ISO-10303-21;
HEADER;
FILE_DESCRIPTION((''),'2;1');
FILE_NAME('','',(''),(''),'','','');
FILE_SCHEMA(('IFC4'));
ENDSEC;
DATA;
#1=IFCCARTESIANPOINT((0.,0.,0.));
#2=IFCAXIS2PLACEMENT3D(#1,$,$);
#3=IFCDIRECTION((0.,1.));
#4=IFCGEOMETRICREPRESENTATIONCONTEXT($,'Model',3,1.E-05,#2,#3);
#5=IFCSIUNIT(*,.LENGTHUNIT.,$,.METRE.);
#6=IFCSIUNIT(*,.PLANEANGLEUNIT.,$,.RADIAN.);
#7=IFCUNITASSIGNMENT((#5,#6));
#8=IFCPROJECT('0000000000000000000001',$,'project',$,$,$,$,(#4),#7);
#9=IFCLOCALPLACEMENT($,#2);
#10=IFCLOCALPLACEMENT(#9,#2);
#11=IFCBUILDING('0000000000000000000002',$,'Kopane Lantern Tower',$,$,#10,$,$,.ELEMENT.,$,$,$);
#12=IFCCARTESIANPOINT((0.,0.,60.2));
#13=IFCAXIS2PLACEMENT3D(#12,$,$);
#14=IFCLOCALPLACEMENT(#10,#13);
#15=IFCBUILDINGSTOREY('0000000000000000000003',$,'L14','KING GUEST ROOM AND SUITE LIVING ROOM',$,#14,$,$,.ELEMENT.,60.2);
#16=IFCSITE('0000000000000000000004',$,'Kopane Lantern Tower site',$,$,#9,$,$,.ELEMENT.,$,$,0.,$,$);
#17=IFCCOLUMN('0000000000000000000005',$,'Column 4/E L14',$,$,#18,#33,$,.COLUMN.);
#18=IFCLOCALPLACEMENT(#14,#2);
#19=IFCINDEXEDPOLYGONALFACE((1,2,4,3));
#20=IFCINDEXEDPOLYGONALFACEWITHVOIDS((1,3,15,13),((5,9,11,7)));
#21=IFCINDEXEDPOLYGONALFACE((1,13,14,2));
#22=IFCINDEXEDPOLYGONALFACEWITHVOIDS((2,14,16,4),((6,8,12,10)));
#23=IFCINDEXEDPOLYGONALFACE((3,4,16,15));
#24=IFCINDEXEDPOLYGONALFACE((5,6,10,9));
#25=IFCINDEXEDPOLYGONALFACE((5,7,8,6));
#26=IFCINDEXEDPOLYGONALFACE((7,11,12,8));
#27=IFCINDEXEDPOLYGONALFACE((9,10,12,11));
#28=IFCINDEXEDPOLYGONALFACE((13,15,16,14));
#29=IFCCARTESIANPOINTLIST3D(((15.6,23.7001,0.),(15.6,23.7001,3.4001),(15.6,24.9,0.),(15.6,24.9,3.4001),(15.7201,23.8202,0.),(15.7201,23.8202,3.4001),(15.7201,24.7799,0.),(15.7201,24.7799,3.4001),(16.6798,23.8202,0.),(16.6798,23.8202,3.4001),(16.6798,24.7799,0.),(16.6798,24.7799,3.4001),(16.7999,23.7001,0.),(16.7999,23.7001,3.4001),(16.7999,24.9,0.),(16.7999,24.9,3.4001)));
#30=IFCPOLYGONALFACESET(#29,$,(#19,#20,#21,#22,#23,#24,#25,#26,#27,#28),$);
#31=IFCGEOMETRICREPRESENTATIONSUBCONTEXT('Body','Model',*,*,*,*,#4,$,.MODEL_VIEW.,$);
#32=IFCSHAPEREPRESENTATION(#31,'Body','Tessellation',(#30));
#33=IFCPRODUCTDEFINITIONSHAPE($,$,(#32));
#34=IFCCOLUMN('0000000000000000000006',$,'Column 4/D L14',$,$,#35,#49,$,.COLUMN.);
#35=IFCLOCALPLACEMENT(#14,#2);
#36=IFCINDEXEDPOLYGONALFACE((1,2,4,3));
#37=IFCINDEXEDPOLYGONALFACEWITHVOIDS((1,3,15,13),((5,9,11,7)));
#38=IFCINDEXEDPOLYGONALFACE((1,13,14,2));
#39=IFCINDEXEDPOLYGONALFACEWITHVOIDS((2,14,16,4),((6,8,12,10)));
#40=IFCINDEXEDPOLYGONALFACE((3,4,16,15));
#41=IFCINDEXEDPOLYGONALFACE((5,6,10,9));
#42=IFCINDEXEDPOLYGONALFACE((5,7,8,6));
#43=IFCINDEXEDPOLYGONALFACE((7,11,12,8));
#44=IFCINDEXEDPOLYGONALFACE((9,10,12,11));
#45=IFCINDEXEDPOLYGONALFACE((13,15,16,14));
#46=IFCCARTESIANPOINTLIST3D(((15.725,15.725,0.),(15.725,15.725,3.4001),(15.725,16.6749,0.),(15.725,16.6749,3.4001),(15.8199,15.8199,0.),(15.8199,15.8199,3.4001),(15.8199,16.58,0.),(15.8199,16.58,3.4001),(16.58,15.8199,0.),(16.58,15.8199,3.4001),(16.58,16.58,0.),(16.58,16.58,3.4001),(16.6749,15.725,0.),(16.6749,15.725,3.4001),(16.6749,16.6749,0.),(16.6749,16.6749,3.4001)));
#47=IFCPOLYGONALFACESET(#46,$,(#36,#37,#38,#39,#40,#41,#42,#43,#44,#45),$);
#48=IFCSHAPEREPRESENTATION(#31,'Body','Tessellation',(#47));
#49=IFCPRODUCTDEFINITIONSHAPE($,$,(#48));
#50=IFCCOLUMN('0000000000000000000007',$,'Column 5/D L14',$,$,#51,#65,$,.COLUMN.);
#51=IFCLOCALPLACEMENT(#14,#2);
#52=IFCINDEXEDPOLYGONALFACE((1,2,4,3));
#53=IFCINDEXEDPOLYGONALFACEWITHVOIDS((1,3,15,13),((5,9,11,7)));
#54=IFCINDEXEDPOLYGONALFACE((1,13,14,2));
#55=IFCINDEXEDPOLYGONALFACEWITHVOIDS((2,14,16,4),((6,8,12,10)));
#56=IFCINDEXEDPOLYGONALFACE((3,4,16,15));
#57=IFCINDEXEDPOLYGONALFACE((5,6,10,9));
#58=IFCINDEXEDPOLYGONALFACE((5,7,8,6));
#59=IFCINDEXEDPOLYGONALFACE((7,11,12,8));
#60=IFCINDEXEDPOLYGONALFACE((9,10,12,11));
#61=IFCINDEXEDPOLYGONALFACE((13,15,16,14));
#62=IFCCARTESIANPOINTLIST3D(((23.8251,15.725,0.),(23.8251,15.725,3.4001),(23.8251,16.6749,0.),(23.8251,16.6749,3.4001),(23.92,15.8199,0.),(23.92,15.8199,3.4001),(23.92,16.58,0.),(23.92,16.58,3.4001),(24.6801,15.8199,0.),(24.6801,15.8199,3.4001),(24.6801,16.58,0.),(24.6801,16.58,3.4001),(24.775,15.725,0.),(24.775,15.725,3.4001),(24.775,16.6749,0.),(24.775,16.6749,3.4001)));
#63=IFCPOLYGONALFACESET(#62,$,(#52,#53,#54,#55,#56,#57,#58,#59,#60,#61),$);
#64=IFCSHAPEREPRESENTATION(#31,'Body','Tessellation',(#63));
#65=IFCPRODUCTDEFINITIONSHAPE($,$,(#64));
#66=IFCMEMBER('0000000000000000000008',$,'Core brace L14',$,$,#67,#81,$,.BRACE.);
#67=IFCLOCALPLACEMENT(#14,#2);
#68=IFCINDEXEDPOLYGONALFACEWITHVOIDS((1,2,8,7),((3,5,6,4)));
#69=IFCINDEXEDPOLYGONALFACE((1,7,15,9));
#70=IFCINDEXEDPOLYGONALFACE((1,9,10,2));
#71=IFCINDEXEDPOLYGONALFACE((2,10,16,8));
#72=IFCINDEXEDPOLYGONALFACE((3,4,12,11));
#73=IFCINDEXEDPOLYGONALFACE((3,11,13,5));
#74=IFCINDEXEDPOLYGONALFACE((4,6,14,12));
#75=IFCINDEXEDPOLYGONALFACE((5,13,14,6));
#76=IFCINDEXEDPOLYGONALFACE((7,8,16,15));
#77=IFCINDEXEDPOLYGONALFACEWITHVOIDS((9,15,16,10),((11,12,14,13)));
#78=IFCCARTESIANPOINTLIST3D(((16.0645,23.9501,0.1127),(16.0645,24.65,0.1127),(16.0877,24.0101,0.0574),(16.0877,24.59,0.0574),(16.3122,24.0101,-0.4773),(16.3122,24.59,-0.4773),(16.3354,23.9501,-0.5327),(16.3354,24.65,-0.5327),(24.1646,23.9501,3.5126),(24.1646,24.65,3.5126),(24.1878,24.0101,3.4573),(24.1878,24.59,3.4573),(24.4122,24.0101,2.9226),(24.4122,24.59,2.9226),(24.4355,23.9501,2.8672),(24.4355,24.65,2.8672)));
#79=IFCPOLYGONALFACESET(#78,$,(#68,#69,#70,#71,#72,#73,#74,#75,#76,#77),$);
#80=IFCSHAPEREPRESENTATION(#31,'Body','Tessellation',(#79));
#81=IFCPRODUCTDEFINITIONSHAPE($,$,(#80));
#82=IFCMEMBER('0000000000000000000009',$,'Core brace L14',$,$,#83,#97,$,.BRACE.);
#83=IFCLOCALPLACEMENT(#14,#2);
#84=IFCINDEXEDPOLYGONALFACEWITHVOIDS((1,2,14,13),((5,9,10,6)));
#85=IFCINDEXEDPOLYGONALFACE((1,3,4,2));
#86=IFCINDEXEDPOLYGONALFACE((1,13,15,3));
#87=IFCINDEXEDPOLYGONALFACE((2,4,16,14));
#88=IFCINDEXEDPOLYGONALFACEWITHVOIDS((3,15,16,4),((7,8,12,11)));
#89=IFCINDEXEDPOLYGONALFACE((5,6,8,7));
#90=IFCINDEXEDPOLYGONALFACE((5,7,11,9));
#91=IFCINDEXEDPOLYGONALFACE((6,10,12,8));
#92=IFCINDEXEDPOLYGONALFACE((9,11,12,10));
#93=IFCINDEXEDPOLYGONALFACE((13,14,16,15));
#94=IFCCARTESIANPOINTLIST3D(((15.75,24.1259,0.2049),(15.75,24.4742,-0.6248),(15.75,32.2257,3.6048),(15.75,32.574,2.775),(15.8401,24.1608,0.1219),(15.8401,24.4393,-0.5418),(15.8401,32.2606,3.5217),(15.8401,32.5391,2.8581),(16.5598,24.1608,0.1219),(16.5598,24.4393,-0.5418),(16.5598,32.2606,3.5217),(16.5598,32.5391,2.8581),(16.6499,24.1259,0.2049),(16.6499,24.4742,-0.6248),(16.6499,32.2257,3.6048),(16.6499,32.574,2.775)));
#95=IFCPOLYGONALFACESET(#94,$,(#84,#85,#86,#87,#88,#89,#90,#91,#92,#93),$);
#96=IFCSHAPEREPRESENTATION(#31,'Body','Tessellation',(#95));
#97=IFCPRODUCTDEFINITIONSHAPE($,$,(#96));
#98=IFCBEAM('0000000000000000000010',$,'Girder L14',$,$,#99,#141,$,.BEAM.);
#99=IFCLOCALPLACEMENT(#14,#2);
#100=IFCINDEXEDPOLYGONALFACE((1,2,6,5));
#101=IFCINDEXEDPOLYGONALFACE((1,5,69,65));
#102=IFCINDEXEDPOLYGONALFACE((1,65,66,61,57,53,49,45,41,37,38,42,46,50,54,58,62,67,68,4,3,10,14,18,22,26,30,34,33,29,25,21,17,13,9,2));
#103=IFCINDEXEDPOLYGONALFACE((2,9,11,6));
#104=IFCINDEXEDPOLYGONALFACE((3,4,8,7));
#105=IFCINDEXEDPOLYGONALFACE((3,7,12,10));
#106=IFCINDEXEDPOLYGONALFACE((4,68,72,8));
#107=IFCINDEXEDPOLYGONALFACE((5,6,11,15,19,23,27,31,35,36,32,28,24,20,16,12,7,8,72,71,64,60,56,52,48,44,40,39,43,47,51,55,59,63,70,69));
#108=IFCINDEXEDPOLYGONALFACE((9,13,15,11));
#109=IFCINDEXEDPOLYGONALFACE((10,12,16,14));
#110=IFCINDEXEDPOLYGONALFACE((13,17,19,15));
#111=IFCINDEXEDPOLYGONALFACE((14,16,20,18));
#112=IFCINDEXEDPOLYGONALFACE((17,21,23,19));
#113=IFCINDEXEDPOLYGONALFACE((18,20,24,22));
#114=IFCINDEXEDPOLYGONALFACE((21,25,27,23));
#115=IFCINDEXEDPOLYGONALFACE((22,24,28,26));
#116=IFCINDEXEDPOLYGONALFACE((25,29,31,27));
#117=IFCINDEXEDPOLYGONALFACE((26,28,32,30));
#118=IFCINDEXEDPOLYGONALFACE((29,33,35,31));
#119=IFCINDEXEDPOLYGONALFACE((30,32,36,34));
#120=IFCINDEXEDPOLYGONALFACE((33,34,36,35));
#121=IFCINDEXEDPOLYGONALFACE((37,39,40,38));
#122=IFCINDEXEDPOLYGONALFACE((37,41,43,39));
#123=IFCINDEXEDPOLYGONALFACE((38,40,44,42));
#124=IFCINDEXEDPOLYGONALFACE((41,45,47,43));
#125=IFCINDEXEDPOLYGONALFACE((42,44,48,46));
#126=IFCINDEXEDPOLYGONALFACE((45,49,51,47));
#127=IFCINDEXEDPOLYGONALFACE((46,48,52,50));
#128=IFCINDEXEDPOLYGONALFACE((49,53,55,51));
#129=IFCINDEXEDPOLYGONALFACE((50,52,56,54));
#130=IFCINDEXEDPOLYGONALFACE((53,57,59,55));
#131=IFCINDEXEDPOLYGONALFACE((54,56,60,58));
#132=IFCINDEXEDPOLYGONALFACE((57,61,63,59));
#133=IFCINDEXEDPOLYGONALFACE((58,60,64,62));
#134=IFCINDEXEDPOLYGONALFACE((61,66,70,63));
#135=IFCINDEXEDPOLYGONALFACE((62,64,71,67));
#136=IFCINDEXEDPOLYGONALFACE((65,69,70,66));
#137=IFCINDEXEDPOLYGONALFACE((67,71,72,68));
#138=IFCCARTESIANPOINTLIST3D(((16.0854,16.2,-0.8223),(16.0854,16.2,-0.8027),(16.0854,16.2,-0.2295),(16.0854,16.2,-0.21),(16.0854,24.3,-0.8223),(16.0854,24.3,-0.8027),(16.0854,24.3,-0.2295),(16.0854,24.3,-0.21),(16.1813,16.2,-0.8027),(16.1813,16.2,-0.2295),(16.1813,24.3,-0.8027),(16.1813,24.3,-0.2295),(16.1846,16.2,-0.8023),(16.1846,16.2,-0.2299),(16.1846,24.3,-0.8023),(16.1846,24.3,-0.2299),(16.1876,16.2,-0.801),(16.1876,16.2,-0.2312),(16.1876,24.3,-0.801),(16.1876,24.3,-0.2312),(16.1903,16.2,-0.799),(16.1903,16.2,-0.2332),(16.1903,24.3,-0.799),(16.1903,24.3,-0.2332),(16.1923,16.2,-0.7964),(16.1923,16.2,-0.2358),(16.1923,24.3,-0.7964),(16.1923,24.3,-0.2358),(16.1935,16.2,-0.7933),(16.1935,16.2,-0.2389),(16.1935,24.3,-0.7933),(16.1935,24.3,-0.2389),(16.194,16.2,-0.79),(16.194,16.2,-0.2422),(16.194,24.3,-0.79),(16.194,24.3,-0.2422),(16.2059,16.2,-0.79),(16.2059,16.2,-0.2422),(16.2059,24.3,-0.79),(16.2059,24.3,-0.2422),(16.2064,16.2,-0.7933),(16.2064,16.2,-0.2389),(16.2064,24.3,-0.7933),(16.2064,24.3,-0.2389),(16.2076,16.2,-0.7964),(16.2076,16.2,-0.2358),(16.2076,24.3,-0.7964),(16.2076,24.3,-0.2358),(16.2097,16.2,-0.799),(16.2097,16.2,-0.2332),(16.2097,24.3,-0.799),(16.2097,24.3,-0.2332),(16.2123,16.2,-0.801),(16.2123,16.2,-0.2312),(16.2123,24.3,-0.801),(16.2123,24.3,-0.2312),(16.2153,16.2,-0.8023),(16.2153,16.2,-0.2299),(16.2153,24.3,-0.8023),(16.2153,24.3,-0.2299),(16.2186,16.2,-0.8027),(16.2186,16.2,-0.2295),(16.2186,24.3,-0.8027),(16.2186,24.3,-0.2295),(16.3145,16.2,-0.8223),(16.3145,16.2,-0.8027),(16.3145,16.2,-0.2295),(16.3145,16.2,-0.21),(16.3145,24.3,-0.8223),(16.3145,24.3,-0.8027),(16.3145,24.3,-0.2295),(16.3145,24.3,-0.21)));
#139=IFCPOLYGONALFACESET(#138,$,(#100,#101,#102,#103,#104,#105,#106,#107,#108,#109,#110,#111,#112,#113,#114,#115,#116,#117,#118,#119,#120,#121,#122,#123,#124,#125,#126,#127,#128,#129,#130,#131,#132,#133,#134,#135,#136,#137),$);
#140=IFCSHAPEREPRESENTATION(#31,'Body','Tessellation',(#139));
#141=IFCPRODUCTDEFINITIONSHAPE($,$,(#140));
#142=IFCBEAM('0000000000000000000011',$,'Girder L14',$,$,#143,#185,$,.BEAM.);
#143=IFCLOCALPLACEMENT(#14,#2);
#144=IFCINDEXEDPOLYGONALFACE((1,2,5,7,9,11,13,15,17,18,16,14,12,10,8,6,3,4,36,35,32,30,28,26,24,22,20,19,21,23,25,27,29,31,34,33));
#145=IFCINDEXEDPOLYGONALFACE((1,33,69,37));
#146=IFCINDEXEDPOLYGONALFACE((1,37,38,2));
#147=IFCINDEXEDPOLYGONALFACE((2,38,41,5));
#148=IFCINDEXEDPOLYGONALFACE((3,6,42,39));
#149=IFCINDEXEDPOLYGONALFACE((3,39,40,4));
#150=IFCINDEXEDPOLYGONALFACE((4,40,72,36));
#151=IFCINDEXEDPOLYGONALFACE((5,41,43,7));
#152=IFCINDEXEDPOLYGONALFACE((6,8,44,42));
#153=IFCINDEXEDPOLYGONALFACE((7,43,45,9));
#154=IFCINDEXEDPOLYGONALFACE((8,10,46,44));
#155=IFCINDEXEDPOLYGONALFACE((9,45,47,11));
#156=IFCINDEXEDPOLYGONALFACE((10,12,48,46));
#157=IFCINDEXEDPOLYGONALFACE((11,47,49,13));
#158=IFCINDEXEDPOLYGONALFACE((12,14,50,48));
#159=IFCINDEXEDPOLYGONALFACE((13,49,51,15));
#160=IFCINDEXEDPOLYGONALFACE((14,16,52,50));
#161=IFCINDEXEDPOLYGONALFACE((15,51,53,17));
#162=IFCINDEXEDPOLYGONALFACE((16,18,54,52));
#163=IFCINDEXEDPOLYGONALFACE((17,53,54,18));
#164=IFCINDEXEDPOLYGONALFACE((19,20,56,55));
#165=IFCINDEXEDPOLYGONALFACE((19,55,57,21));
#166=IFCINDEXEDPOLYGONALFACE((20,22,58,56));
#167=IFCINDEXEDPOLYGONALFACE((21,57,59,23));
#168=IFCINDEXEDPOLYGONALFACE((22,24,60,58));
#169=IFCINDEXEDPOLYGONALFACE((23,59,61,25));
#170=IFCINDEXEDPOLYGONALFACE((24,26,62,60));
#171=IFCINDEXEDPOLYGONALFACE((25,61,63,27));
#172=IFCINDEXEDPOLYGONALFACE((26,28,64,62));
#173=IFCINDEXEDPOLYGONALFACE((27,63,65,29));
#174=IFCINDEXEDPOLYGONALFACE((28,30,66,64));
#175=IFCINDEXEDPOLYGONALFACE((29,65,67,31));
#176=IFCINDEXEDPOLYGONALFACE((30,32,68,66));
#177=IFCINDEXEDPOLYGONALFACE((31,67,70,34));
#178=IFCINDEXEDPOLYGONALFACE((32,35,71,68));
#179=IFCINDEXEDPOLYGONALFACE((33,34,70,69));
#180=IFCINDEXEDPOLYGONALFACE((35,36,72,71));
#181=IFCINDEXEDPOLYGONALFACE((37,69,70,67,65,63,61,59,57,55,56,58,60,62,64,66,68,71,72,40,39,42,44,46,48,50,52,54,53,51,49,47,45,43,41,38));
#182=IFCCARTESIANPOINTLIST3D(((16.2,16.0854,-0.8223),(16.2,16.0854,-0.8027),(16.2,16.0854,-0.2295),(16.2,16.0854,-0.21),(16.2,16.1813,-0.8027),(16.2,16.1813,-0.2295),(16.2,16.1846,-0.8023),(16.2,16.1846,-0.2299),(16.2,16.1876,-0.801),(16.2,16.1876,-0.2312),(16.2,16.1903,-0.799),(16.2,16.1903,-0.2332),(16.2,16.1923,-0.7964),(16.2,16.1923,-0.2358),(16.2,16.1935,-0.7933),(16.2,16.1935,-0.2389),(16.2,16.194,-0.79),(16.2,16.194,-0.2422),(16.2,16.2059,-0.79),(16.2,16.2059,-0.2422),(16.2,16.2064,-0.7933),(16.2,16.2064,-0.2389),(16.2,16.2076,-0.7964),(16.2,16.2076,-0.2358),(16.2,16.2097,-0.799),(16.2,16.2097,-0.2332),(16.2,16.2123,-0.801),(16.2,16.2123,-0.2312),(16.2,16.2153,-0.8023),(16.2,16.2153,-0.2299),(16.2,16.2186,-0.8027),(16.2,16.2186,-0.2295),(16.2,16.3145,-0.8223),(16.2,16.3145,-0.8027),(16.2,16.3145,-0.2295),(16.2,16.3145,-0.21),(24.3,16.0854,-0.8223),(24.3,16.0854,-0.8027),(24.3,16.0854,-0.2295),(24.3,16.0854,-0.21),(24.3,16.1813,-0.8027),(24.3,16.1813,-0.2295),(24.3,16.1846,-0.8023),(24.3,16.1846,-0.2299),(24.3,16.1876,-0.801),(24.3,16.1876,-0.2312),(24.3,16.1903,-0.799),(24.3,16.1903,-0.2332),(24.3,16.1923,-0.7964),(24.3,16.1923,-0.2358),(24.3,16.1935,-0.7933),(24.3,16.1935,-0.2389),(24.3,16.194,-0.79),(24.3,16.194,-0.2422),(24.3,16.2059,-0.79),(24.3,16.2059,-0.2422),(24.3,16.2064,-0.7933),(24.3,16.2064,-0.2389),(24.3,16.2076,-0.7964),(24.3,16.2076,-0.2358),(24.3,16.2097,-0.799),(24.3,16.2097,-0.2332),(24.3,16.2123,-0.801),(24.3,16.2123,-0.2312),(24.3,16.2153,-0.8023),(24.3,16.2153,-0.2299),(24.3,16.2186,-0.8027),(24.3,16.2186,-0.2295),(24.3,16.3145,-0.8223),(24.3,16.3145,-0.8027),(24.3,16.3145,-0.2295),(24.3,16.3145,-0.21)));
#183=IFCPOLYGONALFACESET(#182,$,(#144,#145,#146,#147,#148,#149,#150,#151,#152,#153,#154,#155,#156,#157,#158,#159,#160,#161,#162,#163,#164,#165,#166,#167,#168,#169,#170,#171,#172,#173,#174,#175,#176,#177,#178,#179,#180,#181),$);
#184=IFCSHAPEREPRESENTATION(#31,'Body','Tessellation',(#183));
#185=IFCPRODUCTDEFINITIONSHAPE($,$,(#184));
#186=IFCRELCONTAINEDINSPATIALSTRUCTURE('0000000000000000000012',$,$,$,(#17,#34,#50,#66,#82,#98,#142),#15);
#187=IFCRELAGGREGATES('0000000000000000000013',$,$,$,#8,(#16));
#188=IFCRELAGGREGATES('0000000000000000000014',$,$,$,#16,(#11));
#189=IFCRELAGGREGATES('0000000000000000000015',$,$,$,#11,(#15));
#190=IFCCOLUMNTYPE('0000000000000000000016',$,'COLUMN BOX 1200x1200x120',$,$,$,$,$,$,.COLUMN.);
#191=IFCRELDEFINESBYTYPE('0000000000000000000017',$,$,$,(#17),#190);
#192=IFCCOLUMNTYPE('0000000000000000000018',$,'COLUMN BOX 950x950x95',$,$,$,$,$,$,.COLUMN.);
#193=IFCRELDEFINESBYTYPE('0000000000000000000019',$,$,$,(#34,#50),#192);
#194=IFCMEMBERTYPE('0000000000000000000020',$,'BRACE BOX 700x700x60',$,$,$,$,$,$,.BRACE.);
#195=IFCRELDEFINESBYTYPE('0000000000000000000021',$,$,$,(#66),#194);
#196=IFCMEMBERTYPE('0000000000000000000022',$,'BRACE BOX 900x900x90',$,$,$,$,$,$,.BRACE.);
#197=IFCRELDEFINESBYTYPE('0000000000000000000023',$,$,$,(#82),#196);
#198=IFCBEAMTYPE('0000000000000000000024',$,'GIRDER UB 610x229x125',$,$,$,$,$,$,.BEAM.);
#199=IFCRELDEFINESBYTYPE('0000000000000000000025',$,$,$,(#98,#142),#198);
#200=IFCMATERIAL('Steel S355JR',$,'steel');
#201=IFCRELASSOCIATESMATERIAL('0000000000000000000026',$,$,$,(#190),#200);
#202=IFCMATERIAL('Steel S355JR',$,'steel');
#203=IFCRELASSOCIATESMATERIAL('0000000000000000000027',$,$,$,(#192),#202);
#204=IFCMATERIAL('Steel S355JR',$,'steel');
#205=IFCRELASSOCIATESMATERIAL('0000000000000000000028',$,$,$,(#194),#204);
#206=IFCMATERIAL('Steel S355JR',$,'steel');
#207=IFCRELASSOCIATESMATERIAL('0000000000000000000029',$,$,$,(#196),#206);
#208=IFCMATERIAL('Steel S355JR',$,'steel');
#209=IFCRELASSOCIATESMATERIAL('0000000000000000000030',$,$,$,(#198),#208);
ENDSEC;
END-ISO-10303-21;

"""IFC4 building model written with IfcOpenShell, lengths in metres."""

from ifc_helpers import new_model, si_unit, direction, frame, origin, origin_2d, place, context, subcontext, project, spatial, hollow_rectangle, i_section, extrude, material, material_profile, profile_set, type_object, element, save


model = new_model("IFC4")

# Units and contexts
model_context = context("Model", 3, precision=1e-05, world=origin(), true_north=direction((0.0, 1.0)))
body_context = subcontext(model_context, "Body", "Model", "MODEL_VIEW")
ifc_project = project(units=[si_unit("LENGTHUNIT", "METRE"), si_unit("PLANEANGLEUNIT", "RADIAN")], contexts=[model_context])

# Site, building, storey
site_placement = place(None, origin())
site = spatial("IfcSite", under=ifc_project, at=site_placement, Name="Kopane Lantern Tower site", CompositionType="ELEMENT", RefElevation=0.0)
building_placement = place(site_placement, origin())
building = spatial("IfcBuilding", under=site, at=building_placement, Name="Kopane Lantern Tower", CompositionType="ELEMENT")
storey_placement = place(building_placement, frame((0.0, 0.0, 60.2)))
storey = spatial("IfcBuildingStorey", under=building, at=storey_placement, Name="L14", Description="KING GUEST ROOM AND SUITE LIVING ROOM", CompositionType="ELEMENT", Elevation=60.2)

# Columns
ifc_material_1 = material(Name="Steel S355JR", Category="steel")
ifc_material_profile_1 = material_profile(ifc_material_1, hollow_rectangle(XDim=1.2, YDim=1.2, WallThickness=0.1201, at=origin_2d()), Name="BOX 1200x1200x120")
ifc_profile_set_1 = profile_set([ifc_material_profile_1], Name="Steel S355JR")
column_type_1 = type_object("IfcColumnType", Name="COLUMN BOX 1200x1200x120", PredefinedType="COLUMN", material=ifc_profile_set_1)
column_placement = place(storey_placement, frame((16.2, 24.3, 0.0), z_axis=(0.0, 0.0, 1.0), x_axis=(1.0, 0.0, 0.0)))
element("IfcColumn", 1, at=column_placement, inside=storey, type_object=column_type_1, Name="Column 4/E L14", PredefinedType="COLUMN", context=body_context, shape_type="SweptSolid", body=[
    extrude(hollow_rectangle(XDim=1.2, YDim=1.2, WallThickness=0.1201, at=origin_2d()), origin(), (0.0, 0.0, 1.0), 3.4001),
])
ifc_material_2 = material(Name="Steel S355JR", Category="steel")
ifc_material_profile_2 = material_profile(ifc_material_2, hollow_rectangle(XDim=0.95, YDim=0.95, WallThickness=0.095, at=origin_2d()), Name="BOX 950x950x95")
ifc_profile_set_2 = profile_set([ifc_material_profile_2], Name="Steel S355JR")
column_type_2 = type_object("IfcColumnType", Name="COLUMN BOX 950x950x95", PredefinedType="COLUMN", material=ifc_profile_set_2)
for number, where, z_axis, x_axis, name in (
    (2, (16.2, 16.2, 0.0), (0.0, 0.0, 1.0), (1.0, 0.0, 0.0), "Column 4/D L14"),
    (3, (24.3, 16.2, 0.0), (0.0, 0.0, 1.0), (1.0, 0.0, 0.0), "Column 5/D L14"),
):
    element("IfcColumn", number, at=place(storey_placement, frame(where, z_axis=z_axis, x_axis=x_axis)), inside=storey, type_object=column_type_2, Name=name, PredefinedType="COLUMN", context=body_context, shape_type="SweptSolid", body=[
        extrude(hollow_rectangle(XDim=0.95, YDim=0.95, WallThickness=0.095, at=origin_2d()), origin(), (0.0, 0.0, 1.0), 3.4001),
    ])

# Members
ifc_material_3 = material(Name="Steel S355JR", Category="steel")
ifc_material_profile_3 = material_profile(ifc_material_3, hollow_rectangle(XDim=0.7, YDim=0.7, WallThickness=0.0601, at=origin_2d()), Name="BOX 700x700x60")
ifc_profile_set_3 = profile_set([ifc_material_profile_3], Name="Steel S355JR")
member_type_1 = type_object("IfcMemberType", Name="BRACE BOX 700x700x60", PredefinedType="BRACE", material=ifc_profile_set_3)
member_1_placement = place(storey_placement, frame((16.2, 24.3, -0.21), z_axis=(0.922069, 0.0, 0.387026), x_axis=(0.0, 1.0, 0.0)))
element("IfcMember", 4, at=member_1_placement, inside=storey, type_object=member_type_1, Name="Core brace L14", PredefinedType="BRACE", context=body_context, shape_type="SweptSolid", body=[
    extrude(hollow_rectangle(XDim=0.7, YDim=0.7, WallThickness=0.0601, at=origin_2d()), origin(), (0.0, 0.0, 1.0), 8.7847),
])
ifc_material_4 = material(Name="Steel S355JR", Category="steel")
ifc_material_profile_4 = material_profile(ifc_material_4, hollow_rectangle(XDim=0.8999, YDim=0.8999, WallThickness=0.0901, at=origin_2d()), Name="BOX 900x900x90")
ifc_profile_set_4 = profile_set([ifc_material_profile_4], Name="Steel S355JR")
member_type_2 = type_object("IfcMemberType", Name="BRACE BOX 900x900x90", PredefinedType="BRACE", material=ifc_profile_set_4)
member_2_placement = place(storey_placement, frame((16.2, 24.3, -0.21), z_axis=(0.0, 0.922065, 0.387035), x_axis=(-1.0, 0.0, 0.0)))
element("IfcMember", 5, at=member_2_placement, inside=storey, type_object=member_type_2, Name="Core brace L14", PredefinedType="BRACE", context=body_context, shape_type="SweptSolid", body=[
    extrude(hollow_rectangle(XDim=0.8999, YDim=0.8999, WallThickness=0.0901, at=origin_2d()), origin(), (0.0, 0.0, 1.0), 8.7844),
])

# Beams
ifc_material_5 = material(Name="Steel S355JR", Category="steel")
ifc_material_profile_5 = material_profile(ifc_material_5, i_section(OverallWidth=0.229, OverallDepth=0.6123, WebThickness=0.012, FlangeThickness=0.0195, FilletRadius=0.0127, at=origin_2d()), Name="UB 610x229x125")
ifc_profile_set_5 = profile_set([ifc_material_profile_5], Name="Steel S355JR")
beam_type = type_object("IfcBeamType", Name="GIRDER UB 610x229x125", PredefinedType="BEAM", material=ifc_profile_set_5)
for number, where, z_axis, x_axis, name in (
    (6, (16.2, 16.2, -0.5161), (0.0, 1.0, 0.0), (-1.0, 0.0, 0.0), "Girder L14"),
    (7, (16.2, 16.2, -0.5161), (1.0, 0.0, 0.0), (0.0, 1.0, 0.0), "Girder L14"),
):
    element("IfcBeam", number, at=place(storey_placement, frame(where, z_axis=z_axis, x_axis=x_axis)), inside=storey, type_object=beam_type, Name=name, PredefinedType="BEAM", context=body_context, shape_type="SweptSolid", body=[
        extrude(i_section(OverallWidth=0.229, OverallDepth=0.6123, WebThickness=0.012, FlangeThickness=0.0195, FilletRadius=0.0127, at=origin_2d()), origin(), (0.0, 0.0, 1.0), 8.1001),
    ])

save(model, "model.ifc")
